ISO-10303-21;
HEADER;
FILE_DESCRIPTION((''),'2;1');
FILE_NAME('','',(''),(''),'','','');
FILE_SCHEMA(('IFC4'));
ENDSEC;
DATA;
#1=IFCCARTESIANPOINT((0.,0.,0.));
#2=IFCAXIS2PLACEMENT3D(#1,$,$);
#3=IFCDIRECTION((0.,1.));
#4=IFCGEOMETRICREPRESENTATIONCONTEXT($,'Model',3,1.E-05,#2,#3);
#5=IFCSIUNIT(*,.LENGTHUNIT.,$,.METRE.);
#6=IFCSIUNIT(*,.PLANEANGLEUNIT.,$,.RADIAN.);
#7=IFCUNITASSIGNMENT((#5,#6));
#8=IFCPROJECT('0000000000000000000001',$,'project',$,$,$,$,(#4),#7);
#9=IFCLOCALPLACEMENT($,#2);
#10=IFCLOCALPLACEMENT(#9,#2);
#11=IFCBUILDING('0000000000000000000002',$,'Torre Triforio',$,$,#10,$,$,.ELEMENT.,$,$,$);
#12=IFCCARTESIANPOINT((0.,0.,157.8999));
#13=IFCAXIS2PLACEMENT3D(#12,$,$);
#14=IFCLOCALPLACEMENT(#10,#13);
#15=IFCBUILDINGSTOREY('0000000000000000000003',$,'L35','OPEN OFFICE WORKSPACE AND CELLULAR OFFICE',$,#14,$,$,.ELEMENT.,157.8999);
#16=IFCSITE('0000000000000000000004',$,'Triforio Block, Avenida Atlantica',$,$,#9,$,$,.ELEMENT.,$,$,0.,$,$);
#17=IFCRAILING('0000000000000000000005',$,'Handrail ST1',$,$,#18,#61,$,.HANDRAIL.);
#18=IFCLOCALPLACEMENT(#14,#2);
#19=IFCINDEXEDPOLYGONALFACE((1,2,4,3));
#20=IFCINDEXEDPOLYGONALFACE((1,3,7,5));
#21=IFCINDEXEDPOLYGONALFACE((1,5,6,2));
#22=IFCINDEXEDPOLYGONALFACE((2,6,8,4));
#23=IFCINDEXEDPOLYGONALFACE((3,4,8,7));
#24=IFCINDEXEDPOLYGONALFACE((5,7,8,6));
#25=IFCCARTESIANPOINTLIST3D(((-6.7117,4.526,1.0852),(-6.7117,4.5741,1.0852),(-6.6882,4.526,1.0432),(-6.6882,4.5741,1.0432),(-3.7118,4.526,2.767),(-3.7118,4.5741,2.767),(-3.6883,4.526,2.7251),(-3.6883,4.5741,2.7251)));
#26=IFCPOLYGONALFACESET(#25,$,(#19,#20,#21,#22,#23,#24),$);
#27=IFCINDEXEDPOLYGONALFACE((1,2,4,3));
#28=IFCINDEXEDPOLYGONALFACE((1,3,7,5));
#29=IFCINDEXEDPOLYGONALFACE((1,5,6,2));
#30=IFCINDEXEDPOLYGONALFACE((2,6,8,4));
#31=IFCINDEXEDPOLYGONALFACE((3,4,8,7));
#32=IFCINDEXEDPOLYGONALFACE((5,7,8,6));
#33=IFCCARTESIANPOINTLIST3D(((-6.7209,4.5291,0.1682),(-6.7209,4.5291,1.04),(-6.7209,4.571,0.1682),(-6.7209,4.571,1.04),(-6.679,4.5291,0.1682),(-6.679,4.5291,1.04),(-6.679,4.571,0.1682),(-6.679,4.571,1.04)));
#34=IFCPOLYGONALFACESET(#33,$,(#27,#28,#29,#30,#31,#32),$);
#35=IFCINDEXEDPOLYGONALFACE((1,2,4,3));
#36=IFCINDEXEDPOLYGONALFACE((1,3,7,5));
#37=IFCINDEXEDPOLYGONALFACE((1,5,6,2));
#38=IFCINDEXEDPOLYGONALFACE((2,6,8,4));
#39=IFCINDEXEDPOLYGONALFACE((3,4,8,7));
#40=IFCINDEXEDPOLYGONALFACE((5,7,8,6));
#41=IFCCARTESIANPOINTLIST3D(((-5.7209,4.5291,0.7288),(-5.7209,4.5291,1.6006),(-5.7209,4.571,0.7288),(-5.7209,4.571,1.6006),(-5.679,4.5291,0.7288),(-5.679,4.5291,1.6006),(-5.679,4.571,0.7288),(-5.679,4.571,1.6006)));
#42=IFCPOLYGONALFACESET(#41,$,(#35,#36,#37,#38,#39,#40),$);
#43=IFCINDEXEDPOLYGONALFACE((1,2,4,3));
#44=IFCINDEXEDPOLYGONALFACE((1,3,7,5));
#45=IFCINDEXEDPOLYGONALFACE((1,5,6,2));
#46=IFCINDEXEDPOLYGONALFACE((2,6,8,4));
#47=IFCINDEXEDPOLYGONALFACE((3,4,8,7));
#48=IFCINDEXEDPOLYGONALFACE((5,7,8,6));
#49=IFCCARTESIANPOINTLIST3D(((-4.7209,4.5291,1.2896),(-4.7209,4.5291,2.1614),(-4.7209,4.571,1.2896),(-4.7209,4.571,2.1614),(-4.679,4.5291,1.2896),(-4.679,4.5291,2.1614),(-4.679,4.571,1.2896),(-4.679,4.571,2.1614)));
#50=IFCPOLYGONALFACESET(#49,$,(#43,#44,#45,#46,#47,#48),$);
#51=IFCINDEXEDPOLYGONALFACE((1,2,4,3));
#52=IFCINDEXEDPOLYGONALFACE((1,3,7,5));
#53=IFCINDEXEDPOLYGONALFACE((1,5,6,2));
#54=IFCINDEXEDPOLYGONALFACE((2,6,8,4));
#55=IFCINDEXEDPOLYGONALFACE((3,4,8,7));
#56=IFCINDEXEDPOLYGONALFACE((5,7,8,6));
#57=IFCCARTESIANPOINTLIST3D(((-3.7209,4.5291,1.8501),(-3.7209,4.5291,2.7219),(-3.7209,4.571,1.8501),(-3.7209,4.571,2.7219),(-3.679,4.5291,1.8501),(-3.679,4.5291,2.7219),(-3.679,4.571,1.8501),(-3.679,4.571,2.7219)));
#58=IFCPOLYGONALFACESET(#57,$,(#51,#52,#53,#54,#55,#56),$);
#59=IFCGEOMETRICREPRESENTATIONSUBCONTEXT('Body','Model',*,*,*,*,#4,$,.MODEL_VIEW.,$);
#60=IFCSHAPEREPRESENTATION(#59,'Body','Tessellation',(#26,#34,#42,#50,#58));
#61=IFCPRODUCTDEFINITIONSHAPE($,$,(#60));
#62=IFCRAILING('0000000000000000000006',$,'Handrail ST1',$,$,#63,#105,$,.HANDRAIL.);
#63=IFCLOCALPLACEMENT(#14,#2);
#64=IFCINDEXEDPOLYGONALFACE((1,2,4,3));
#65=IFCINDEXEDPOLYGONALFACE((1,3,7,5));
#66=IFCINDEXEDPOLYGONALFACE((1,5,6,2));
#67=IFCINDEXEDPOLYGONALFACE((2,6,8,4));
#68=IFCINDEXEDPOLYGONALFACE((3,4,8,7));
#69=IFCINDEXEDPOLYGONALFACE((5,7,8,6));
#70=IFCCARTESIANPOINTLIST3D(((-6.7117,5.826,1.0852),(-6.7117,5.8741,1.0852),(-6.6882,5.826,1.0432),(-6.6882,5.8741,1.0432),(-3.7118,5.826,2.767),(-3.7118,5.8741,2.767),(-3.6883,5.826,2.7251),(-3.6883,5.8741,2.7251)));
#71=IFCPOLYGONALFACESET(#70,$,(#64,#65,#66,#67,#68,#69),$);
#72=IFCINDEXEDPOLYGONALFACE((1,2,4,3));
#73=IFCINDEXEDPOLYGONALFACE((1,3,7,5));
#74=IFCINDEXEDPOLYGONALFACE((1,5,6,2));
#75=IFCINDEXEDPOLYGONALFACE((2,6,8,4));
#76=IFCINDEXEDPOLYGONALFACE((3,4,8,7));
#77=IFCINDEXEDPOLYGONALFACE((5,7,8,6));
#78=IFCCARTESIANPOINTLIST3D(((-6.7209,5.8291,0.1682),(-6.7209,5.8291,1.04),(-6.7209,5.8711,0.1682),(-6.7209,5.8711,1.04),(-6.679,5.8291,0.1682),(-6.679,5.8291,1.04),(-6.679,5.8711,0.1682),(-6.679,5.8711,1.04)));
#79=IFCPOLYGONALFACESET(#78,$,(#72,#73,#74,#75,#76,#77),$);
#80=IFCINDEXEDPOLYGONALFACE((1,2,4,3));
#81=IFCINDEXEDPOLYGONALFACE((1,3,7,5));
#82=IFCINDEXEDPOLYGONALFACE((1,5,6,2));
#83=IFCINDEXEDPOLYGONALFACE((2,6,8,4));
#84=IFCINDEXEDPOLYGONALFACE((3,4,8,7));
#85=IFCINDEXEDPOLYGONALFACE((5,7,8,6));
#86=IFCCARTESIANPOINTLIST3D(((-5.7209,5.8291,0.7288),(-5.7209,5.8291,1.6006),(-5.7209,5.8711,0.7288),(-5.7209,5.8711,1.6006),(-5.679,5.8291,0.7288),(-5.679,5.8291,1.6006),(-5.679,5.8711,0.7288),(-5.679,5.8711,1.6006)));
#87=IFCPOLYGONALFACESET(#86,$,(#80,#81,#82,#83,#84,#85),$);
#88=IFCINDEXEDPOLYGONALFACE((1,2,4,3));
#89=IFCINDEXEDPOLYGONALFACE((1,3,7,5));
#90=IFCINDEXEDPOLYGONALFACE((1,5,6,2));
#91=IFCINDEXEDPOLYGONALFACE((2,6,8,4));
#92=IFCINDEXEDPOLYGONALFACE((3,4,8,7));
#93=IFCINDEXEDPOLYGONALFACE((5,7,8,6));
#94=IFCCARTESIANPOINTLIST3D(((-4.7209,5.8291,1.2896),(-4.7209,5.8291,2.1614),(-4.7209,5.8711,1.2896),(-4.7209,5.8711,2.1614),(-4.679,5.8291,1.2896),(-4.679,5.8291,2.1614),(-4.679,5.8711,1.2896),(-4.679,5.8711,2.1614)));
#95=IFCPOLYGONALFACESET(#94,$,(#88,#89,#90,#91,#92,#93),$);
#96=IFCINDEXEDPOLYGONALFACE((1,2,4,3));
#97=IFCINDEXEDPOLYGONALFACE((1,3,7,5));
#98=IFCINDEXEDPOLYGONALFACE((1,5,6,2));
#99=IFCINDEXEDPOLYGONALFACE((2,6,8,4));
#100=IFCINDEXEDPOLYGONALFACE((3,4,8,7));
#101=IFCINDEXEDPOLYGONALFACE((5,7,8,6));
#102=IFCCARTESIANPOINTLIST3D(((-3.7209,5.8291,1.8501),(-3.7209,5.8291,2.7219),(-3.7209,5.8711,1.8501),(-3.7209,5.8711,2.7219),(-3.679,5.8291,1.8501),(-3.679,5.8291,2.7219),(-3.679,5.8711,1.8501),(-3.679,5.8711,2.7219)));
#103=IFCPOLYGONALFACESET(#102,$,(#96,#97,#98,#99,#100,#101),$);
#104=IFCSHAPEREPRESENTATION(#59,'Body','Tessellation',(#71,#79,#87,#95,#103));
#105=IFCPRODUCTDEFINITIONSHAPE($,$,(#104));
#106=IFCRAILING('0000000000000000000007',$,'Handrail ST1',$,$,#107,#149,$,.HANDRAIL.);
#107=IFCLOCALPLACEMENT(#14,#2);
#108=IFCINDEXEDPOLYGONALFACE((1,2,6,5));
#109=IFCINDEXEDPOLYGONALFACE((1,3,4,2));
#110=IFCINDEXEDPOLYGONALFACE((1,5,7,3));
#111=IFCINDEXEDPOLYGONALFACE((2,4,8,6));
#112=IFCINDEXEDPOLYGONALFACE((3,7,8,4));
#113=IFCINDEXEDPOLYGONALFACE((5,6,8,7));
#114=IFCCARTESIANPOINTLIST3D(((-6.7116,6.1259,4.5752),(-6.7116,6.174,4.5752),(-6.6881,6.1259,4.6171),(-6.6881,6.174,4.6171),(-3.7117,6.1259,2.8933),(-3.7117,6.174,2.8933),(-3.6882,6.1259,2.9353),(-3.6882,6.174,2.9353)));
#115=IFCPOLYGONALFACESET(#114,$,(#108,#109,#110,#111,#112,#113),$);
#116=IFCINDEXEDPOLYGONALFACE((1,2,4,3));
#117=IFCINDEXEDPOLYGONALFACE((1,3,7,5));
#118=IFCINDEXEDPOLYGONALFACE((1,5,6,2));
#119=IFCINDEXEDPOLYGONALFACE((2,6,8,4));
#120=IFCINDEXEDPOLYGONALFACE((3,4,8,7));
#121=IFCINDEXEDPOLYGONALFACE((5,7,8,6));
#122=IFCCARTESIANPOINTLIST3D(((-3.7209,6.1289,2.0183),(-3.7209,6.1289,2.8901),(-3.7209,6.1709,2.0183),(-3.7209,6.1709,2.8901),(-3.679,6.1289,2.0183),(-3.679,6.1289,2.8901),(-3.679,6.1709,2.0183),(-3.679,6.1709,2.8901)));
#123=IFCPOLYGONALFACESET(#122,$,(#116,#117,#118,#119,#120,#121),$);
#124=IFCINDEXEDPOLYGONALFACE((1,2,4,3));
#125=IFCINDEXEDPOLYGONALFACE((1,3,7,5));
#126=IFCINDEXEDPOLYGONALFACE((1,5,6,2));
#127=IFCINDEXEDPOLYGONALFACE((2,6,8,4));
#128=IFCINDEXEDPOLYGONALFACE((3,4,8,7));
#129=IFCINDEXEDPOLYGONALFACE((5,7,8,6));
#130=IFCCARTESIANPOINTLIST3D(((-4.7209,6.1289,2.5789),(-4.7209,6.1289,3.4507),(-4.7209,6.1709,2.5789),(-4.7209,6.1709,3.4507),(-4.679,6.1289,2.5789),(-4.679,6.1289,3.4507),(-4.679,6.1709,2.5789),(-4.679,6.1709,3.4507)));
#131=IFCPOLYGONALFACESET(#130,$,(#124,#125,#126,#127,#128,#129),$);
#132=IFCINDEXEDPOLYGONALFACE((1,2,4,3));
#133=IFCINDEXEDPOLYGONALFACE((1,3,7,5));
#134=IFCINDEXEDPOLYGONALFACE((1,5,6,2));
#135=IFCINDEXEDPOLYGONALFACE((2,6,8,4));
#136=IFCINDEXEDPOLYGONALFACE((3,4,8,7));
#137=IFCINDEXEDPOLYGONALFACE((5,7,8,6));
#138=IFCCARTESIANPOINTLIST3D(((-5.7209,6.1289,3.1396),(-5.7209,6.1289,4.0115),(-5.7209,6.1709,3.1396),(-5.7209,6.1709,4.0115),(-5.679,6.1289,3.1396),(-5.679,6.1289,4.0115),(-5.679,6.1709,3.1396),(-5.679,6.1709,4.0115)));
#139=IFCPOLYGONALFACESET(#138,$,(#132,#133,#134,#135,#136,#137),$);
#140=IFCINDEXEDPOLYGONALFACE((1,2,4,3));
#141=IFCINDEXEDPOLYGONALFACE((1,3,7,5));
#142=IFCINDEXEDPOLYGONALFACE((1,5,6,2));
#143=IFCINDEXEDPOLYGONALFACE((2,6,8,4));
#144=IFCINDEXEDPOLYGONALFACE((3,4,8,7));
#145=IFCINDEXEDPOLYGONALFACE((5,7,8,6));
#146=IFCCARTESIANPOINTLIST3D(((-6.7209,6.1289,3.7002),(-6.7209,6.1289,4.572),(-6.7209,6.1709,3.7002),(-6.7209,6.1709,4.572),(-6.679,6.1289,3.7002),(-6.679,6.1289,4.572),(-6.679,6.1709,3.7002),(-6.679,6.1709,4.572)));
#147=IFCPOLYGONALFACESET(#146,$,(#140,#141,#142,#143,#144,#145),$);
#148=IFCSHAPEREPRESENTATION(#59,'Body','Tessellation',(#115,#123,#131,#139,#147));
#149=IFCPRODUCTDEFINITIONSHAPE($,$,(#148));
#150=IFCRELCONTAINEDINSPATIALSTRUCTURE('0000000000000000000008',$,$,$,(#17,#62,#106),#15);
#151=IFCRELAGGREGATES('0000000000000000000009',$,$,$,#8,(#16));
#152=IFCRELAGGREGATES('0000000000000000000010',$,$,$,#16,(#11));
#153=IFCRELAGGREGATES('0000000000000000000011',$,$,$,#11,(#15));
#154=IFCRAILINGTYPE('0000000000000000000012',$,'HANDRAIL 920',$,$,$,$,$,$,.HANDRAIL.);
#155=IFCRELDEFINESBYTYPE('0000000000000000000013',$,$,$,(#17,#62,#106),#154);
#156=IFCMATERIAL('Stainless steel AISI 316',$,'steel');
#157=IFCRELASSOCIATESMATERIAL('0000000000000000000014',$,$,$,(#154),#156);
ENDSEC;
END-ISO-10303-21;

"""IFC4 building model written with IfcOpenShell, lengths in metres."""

from ifc_helpers import new_model, si_unit, direction, frame, origin, origin_2d, place, context, subcontext, project, spatial, rectangle, extrude, material, type_object, element, save


model = new_model("IFC4")

# Units and contexts
model_context = context("Model", 3, precision=1e-05, world=origin(), true_north=direction((0.0, 1.0)))
body_context = subcontext(model_context, "Body", "Model", "MODEL_VIEW")
ifc_project = project(units=[si_unit("LENGTHUNIT", "METRE"), si_unit("PLANEANGLEUNIT", "RADIAN")], contexts=[model_context])

# Site, building, storey
site_placement = place(None, origin())
site = spatial("IfcSite", under=ifc_project, at=site_placement, Name="Triforio Block, Avenida Atlantica", CompositionType="ELEMENT", RefElevation=0.0)
building_placement = place(site_placement, origin())
building = spatial("IfcBuilding", under=site, at=building_placement, Name="Torre Triforio", CompositionType="ELEMENT")
storey_placement = place(building_placement, frame((0.0, 0.0, 157.8999)))
storey = spatial("IfcBuildingStorey", under=building, at=storey_placement, Name="L35", Description="OPEN OFFICE WORKSPACE AND CELLULAR OFFICE", CompositionType="ELEMENT", Elevation=157.8999)

# Railings
ifc_material_1 = material(Name="Stainless steel AISI 316", Category="steel")
railing_type = type_object("IfcRailingType", Name="HANDRAIL 920", PredefinedType="HANDRAIL", material=ifc_material_1)
for number, where, name in (
    (1, (-6.7, 4.55, 0.1682), "Handrail ST1"),
    (2, (-6.7, 5.8501, 0.1682), "Handrail ST1"),
):
    element("IfcRailing", number, at=place(storey_placement, frame(where)), inside=storey, type_object=railing_type, Name=name, PredefinedType="HANDRAIL", context=body_context, shape_type="SweptSolid", body=[
        extrude(rectangle(XDim=0.0481, YDim=0.0481, at=origin_2d()), frame((0.0, 0.0, 0.896), z_axis=(0.872272, 0.0, 0.48902), x_axis=(0.0, 1.0, 0.0)), (0.0, 0.0, 1.0), 3.4392),
        extrude(rectangle(XDim=0.042, YDim=0.042, at=origin_2d()), origin(), (0.0, 0.0, 1.0), 0.8718),
        extrude(rectangle(XDim=0.042, YDim=0.042, at=origin_2d()), frame((1.0, 0.0, 0.5605)), (0.0, 0.0, 1.0), 0.8718),
        extrude(rectangle(XDim=0.042, YDim=0.042, at=origin_2d()), frame((2.0, 0.0, 1.1213)), (0.0, 0.0, 1.0), 0.8718),
        extrude(rectangle(XDim=0.042, YDim=0.042, at=origin_2d()), frame((3.0, 0.0, 1.6819)), (0.0, 0.0, 1.0), 0.8718),
    ])
railing_placement = place(storey_placement, frame((-3.7, 6.1499, 2.0183)))
element("IfcRailing", 3, at=railing_placement, inside=storey, type_object=railing_type, Name="Handrail ST1", PredefinedType="HANDRAIL", context=body_context, shape_type="SweptSolid", body=[
    extrude(rectangle(XDim=0.0481, YDim=0.0481, at=origin_2d()), frame((0.0, 0.0, 0.896), z_axis=(-0.872272, 0.0, 0.48902), x_axis=(0.0, -1.0, 0.0)), (0.0, 0.0, 1.0), 3.4392),
    extrude(rectangle(XDim=0.042, YDim=0.042, at=origin_2d()), origin(), (0.0, 0.0, 1.0), 0.8718),
    extrude(rectangle(XDim=0.042, YDim=0.042, at=origin_2d()), frame((-1.0, 0.0, 0.5605)), (0.0, 0.0, 1.0), 0.8718),
    extrude(rectangle(XDim=0.042, YDim=0.042, at=origin_2d()), frame((-2.0, 0.0, 1.1213)), (0.0, 0.0, 1.0), 0.8718),
    extrude(rectangle(XDim=0.042, YDim=0.042, at=origin_2d()), frame((-3.0, 0.0, 1.6819)), (0.0, 0.0, 1.0), 0.8718),
])

save(model, "model.ifc")
